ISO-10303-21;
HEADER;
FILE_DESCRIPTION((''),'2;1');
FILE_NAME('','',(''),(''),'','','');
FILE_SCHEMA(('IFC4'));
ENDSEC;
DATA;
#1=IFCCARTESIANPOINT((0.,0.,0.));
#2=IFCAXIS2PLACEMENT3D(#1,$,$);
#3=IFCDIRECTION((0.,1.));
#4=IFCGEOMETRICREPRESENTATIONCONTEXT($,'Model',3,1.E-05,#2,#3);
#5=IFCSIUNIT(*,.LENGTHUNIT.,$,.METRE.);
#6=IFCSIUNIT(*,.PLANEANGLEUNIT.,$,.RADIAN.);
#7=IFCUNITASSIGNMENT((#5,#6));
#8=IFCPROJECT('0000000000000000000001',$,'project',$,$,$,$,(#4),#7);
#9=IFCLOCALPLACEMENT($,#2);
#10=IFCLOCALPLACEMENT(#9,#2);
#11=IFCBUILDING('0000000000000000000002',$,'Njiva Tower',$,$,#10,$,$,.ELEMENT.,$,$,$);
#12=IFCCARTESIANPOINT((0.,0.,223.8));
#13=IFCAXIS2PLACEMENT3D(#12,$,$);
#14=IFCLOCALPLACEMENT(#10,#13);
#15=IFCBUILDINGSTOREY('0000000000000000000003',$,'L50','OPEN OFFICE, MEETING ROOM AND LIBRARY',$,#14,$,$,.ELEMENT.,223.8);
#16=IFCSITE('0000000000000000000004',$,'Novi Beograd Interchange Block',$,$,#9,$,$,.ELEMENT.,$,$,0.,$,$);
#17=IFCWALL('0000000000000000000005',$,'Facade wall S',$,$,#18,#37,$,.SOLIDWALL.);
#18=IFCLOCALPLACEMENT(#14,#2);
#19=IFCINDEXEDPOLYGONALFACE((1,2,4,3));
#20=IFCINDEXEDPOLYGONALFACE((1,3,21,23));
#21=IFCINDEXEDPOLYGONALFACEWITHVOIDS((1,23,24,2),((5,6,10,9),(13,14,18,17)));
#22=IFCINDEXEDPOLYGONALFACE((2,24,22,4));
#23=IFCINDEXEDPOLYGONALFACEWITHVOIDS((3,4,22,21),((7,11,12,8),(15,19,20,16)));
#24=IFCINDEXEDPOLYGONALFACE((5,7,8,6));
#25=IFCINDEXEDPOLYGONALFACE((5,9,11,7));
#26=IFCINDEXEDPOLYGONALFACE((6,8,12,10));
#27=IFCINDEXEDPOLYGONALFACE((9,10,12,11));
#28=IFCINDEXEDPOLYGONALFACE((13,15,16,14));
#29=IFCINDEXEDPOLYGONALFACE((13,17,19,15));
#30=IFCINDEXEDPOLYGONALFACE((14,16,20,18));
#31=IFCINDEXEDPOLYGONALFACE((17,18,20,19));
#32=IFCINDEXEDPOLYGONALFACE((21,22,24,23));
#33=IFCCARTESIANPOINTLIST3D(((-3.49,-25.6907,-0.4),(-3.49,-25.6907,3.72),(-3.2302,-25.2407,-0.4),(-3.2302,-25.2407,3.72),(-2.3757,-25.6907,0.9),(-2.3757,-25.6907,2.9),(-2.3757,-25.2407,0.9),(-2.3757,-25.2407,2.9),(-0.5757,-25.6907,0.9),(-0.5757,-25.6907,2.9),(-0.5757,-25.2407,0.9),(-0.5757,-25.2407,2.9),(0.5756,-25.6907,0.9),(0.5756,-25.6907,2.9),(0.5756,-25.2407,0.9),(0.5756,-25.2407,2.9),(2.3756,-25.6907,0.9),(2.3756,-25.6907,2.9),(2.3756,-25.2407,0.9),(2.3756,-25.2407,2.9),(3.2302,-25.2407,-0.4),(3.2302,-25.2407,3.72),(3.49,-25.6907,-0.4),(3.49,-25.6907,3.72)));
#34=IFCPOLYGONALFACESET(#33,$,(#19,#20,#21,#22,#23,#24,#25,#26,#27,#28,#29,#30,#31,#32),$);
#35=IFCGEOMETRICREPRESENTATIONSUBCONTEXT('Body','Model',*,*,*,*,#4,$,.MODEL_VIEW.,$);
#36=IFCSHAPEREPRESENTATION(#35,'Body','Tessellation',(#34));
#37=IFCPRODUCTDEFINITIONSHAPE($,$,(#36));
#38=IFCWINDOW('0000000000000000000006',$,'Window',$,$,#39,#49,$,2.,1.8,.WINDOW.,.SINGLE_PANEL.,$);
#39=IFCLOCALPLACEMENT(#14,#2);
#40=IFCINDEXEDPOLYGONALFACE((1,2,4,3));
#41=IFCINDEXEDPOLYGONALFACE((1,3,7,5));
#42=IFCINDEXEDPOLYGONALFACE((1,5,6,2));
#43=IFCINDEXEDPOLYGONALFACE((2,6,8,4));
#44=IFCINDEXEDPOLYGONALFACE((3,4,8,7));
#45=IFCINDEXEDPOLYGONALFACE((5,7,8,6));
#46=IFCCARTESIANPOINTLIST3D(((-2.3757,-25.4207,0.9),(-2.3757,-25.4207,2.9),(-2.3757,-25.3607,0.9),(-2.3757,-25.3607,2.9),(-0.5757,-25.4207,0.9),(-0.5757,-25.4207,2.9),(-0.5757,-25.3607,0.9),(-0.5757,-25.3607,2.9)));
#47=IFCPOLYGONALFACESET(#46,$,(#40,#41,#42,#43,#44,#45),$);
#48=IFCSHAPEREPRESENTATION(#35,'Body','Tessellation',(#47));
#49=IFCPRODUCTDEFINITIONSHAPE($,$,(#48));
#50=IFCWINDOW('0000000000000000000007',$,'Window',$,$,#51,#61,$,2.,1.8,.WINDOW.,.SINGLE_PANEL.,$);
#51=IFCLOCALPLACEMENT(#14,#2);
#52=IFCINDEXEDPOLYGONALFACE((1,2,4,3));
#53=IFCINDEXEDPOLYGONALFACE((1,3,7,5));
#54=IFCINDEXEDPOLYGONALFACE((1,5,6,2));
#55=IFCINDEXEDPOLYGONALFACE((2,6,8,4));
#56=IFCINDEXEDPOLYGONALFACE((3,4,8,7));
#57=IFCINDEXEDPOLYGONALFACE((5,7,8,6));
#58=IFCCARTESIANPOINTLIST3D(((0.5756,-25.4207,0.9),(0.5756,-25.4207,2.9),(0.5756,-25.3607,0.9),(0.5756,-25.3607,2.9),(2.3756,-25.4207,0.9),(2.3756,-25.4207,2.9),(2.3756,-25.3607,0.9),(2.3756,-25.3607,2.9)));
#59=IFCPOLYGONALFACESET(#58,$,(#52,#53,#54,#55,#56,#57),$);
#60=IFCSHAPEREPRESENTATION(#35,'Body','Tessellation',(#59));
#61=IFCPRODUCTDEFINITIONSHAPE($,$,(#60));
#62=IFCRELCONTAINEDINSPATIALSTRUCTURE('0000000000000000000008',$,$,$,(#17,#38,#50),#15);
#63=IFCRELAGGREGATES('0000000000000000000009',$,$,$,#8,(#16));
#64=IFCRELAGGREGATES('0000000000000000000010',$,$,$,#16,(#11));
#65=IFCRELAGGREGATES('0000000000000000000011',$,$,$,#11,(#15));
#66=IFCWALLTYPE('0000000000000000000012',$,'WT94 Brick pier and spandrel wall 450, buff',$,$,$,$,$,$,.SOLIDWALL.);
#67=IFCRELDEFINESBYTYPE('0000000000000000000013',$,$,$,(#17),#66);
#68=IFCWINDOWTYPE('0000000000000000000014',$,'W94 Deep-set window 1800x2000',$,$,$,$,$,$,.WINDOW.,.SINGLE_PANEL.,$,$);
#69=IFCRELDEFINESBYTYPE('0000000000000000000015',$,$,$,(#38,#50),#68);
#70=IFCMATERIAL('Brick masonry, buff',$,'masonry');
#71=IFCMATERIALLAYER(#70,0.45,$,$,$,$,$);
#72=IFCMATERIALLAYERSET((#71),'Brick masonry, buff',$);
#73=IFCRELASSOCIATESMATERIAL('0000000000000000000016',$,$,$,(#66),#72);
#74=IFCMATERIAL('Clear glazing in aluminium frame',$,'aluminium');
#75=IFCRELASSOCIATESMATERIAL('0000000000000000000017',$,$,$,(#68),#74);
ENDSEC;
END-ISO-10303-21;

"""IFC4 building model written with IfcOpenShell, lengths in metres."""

from ifc_helpers import new_model, si_unit, direction, frame, frame_2d, origin, place, context, subcontext, project, spatial, polyline, rectangle, outline, extrude, material, layer, layer_set, type_object, element, fill, save


model = new_model("IFC4")

# Units and contexts
model_context = context("Model", 3, precision=1e-05, world=origin(), true_north=direction((0.0, 1.0)))
body_context = subcontext(model_context, "Body", "Model", "MODEL_VIEW")
ifc_project = project(units=[si_unit("LENGTHUNIT", "METRE"), si_unit("PLANEANGLEUNIT", "RADIAN")], contexts=[model_context])

# Site, building, storey
site_placement = place(None, origin())
site = spatial("IfcSite", under=ifc_project, at=site_placement, Name="Novi Beograd Interchange Block", CompositionType="ELEMENT", RefElevation=0.0)
building_placement = place(site_placement, origin())
building = spatial("IfcBuilding", under=site, at=building_placement, Name="Njiva Tower", CompositionType="ELEMENT")
storey_placement = place(building_placement, frame((0.0, 0.0, 223.8)))
storey = spatial("IfcBuildingStorey", under=building, at=storey_placement, Name="L50", Description="OPEN OFFICE, MEETING ROOM AND LIBRARY", CompositionType="ELEMENT", Elevation=223.8)

# Wall, openings, windows
ifc_material_1 = material(Name="Brick masonry, buff", Category="masonry")
ifc_layer_1 = layer(ifc_material_1, 0.45)
ifc_layer_set_1 = layer_set([ifc_layer_1], Name="Brick masonry, buff")
wall_type_1 = type_object("IfcWallType", Name="WT94 Brick pier and spandrel wall 450, buff", PredefinedType="SOLIDWALL", material=ifc_layer_set_1)
wall_1_placement = place(storey_placement, frame((-3.3601, -25.4657, -0.4), z_axis=(0.0, 0.0, 1.0), x_axis=(1.0, 0.0, 0.0)))
wall_1 = element("IfcWall", 1, at=wall_1_placement, inside=storey, type_object=wall_type_1, Name="Facade wall S", PredefinedType="SOLIDWALL", context=body_context, shape_type="SweptSolid", body=[
    extrude(outline(polyline([(-0.1299, -0.225), (6.8501, -0.225), (6.5903, 0.225), (0.1299, 0.225), (-0.1299, -0.225)])), origin(), (0.0, 0.0, 1.0), 4.12),
])
opening_1_placement = place(wall_1_placement, frame((0.9844, 0.0, 1.3)))
opening_1 = element("IfcOpeningElement", 2, at=opening_1_placement, cuts=wall_1, PredefinedType="OPENING", context=body_context, shape_type="SweptSolid", body=[
    extrude(rectangle(XDim=1.8, YDim=2.0, at=frame_2d((0.9, 1.0))), frame((0.0, 0.235, 0.0), z_axis=(0.0, -1.0, 0.0), x_axis=(1.0, 0.0, 0.0)), (0.0, 0.0, 1.0), 0.47),
])
opening_2_placement = place(wall_1_placement, frame((3.9357, 0.0, 1.3)))
opening_2 = element("IfcOpeningElement", 3, at=opening_2_placement, cuts=wall_1, PredefinedType="OPENING", context=body_context, shape_type="SweptSolid", body=[
    extrude(rectangle(XDim=1.8, YDim=2.0, at=frame_2d((0.9, 1.0))), frame((0.0, 0.235, 0.0), z_axis=(0.0, -1.0, 0.0), x_axis=(1.0, 0.0, 0.0)), (0.0, 0.0, 1.0), 0.47),
])
ifc_material_2 = material(Name="Clear glazing in aluminium frame", Category="aluminium")
window_type = type_object("IfcWindowType", Name="W94 Deep-set window 1800x2000", PartitioningType="SINGLE_PANEL", PredefinedType="WINDOW", material=ifc_material_2)
window_1_placement = place(opening_1_placement, origin())
window_1 = element("IfcWindow", 4, at=window_1_placement, inside=storey, type_object=window_type, Name="Window", OverallHeight=2.0, OverallWidth=1.8, PartitioningType="SINGLE_PANEL", PredefinedType="WINDOW", context=body_context, shape_type="SweptSolid", body=[
    extrude(rectangle(XDim=1.8, YDim=2.0, at=frame_2d((0.9, 1.0))), frame((0.0, 0.105, 0.0), z_axis=(0.0, -1.0, 0.0), x_axis=(1.0, 0.0, 0.0)), (0.0, 0.0, 1.0), 0.06),
])
fill(opening_1, window_1)
window_2_placement = place(opening_2_placement, origin())
window_2 = element("IfcWindow", 5, at=window_2_placement, inside=storey, type_object=window_type, Name="Window", OverallHeight=2.0, OverallWidth=1.8, PartitioningType="SINGLE_PANEL", PredefinedType="WINDOW", context=body_context, shape_type="SweptSolid", body=[
    extrude(rectangle(XDim=1.8, YDim=2.0, at=frame_2d((0.9, 1.0))), frame((0.0, 0.105, 0.0), z_axis=(0.0, -1.0, 0.0), x_axis=(1.0, 0.0, 0.0)), (0.0, 0.0, 1.0), 0.06),
])
fill(opening_2, window_2)

save(model, "model.ifc")
